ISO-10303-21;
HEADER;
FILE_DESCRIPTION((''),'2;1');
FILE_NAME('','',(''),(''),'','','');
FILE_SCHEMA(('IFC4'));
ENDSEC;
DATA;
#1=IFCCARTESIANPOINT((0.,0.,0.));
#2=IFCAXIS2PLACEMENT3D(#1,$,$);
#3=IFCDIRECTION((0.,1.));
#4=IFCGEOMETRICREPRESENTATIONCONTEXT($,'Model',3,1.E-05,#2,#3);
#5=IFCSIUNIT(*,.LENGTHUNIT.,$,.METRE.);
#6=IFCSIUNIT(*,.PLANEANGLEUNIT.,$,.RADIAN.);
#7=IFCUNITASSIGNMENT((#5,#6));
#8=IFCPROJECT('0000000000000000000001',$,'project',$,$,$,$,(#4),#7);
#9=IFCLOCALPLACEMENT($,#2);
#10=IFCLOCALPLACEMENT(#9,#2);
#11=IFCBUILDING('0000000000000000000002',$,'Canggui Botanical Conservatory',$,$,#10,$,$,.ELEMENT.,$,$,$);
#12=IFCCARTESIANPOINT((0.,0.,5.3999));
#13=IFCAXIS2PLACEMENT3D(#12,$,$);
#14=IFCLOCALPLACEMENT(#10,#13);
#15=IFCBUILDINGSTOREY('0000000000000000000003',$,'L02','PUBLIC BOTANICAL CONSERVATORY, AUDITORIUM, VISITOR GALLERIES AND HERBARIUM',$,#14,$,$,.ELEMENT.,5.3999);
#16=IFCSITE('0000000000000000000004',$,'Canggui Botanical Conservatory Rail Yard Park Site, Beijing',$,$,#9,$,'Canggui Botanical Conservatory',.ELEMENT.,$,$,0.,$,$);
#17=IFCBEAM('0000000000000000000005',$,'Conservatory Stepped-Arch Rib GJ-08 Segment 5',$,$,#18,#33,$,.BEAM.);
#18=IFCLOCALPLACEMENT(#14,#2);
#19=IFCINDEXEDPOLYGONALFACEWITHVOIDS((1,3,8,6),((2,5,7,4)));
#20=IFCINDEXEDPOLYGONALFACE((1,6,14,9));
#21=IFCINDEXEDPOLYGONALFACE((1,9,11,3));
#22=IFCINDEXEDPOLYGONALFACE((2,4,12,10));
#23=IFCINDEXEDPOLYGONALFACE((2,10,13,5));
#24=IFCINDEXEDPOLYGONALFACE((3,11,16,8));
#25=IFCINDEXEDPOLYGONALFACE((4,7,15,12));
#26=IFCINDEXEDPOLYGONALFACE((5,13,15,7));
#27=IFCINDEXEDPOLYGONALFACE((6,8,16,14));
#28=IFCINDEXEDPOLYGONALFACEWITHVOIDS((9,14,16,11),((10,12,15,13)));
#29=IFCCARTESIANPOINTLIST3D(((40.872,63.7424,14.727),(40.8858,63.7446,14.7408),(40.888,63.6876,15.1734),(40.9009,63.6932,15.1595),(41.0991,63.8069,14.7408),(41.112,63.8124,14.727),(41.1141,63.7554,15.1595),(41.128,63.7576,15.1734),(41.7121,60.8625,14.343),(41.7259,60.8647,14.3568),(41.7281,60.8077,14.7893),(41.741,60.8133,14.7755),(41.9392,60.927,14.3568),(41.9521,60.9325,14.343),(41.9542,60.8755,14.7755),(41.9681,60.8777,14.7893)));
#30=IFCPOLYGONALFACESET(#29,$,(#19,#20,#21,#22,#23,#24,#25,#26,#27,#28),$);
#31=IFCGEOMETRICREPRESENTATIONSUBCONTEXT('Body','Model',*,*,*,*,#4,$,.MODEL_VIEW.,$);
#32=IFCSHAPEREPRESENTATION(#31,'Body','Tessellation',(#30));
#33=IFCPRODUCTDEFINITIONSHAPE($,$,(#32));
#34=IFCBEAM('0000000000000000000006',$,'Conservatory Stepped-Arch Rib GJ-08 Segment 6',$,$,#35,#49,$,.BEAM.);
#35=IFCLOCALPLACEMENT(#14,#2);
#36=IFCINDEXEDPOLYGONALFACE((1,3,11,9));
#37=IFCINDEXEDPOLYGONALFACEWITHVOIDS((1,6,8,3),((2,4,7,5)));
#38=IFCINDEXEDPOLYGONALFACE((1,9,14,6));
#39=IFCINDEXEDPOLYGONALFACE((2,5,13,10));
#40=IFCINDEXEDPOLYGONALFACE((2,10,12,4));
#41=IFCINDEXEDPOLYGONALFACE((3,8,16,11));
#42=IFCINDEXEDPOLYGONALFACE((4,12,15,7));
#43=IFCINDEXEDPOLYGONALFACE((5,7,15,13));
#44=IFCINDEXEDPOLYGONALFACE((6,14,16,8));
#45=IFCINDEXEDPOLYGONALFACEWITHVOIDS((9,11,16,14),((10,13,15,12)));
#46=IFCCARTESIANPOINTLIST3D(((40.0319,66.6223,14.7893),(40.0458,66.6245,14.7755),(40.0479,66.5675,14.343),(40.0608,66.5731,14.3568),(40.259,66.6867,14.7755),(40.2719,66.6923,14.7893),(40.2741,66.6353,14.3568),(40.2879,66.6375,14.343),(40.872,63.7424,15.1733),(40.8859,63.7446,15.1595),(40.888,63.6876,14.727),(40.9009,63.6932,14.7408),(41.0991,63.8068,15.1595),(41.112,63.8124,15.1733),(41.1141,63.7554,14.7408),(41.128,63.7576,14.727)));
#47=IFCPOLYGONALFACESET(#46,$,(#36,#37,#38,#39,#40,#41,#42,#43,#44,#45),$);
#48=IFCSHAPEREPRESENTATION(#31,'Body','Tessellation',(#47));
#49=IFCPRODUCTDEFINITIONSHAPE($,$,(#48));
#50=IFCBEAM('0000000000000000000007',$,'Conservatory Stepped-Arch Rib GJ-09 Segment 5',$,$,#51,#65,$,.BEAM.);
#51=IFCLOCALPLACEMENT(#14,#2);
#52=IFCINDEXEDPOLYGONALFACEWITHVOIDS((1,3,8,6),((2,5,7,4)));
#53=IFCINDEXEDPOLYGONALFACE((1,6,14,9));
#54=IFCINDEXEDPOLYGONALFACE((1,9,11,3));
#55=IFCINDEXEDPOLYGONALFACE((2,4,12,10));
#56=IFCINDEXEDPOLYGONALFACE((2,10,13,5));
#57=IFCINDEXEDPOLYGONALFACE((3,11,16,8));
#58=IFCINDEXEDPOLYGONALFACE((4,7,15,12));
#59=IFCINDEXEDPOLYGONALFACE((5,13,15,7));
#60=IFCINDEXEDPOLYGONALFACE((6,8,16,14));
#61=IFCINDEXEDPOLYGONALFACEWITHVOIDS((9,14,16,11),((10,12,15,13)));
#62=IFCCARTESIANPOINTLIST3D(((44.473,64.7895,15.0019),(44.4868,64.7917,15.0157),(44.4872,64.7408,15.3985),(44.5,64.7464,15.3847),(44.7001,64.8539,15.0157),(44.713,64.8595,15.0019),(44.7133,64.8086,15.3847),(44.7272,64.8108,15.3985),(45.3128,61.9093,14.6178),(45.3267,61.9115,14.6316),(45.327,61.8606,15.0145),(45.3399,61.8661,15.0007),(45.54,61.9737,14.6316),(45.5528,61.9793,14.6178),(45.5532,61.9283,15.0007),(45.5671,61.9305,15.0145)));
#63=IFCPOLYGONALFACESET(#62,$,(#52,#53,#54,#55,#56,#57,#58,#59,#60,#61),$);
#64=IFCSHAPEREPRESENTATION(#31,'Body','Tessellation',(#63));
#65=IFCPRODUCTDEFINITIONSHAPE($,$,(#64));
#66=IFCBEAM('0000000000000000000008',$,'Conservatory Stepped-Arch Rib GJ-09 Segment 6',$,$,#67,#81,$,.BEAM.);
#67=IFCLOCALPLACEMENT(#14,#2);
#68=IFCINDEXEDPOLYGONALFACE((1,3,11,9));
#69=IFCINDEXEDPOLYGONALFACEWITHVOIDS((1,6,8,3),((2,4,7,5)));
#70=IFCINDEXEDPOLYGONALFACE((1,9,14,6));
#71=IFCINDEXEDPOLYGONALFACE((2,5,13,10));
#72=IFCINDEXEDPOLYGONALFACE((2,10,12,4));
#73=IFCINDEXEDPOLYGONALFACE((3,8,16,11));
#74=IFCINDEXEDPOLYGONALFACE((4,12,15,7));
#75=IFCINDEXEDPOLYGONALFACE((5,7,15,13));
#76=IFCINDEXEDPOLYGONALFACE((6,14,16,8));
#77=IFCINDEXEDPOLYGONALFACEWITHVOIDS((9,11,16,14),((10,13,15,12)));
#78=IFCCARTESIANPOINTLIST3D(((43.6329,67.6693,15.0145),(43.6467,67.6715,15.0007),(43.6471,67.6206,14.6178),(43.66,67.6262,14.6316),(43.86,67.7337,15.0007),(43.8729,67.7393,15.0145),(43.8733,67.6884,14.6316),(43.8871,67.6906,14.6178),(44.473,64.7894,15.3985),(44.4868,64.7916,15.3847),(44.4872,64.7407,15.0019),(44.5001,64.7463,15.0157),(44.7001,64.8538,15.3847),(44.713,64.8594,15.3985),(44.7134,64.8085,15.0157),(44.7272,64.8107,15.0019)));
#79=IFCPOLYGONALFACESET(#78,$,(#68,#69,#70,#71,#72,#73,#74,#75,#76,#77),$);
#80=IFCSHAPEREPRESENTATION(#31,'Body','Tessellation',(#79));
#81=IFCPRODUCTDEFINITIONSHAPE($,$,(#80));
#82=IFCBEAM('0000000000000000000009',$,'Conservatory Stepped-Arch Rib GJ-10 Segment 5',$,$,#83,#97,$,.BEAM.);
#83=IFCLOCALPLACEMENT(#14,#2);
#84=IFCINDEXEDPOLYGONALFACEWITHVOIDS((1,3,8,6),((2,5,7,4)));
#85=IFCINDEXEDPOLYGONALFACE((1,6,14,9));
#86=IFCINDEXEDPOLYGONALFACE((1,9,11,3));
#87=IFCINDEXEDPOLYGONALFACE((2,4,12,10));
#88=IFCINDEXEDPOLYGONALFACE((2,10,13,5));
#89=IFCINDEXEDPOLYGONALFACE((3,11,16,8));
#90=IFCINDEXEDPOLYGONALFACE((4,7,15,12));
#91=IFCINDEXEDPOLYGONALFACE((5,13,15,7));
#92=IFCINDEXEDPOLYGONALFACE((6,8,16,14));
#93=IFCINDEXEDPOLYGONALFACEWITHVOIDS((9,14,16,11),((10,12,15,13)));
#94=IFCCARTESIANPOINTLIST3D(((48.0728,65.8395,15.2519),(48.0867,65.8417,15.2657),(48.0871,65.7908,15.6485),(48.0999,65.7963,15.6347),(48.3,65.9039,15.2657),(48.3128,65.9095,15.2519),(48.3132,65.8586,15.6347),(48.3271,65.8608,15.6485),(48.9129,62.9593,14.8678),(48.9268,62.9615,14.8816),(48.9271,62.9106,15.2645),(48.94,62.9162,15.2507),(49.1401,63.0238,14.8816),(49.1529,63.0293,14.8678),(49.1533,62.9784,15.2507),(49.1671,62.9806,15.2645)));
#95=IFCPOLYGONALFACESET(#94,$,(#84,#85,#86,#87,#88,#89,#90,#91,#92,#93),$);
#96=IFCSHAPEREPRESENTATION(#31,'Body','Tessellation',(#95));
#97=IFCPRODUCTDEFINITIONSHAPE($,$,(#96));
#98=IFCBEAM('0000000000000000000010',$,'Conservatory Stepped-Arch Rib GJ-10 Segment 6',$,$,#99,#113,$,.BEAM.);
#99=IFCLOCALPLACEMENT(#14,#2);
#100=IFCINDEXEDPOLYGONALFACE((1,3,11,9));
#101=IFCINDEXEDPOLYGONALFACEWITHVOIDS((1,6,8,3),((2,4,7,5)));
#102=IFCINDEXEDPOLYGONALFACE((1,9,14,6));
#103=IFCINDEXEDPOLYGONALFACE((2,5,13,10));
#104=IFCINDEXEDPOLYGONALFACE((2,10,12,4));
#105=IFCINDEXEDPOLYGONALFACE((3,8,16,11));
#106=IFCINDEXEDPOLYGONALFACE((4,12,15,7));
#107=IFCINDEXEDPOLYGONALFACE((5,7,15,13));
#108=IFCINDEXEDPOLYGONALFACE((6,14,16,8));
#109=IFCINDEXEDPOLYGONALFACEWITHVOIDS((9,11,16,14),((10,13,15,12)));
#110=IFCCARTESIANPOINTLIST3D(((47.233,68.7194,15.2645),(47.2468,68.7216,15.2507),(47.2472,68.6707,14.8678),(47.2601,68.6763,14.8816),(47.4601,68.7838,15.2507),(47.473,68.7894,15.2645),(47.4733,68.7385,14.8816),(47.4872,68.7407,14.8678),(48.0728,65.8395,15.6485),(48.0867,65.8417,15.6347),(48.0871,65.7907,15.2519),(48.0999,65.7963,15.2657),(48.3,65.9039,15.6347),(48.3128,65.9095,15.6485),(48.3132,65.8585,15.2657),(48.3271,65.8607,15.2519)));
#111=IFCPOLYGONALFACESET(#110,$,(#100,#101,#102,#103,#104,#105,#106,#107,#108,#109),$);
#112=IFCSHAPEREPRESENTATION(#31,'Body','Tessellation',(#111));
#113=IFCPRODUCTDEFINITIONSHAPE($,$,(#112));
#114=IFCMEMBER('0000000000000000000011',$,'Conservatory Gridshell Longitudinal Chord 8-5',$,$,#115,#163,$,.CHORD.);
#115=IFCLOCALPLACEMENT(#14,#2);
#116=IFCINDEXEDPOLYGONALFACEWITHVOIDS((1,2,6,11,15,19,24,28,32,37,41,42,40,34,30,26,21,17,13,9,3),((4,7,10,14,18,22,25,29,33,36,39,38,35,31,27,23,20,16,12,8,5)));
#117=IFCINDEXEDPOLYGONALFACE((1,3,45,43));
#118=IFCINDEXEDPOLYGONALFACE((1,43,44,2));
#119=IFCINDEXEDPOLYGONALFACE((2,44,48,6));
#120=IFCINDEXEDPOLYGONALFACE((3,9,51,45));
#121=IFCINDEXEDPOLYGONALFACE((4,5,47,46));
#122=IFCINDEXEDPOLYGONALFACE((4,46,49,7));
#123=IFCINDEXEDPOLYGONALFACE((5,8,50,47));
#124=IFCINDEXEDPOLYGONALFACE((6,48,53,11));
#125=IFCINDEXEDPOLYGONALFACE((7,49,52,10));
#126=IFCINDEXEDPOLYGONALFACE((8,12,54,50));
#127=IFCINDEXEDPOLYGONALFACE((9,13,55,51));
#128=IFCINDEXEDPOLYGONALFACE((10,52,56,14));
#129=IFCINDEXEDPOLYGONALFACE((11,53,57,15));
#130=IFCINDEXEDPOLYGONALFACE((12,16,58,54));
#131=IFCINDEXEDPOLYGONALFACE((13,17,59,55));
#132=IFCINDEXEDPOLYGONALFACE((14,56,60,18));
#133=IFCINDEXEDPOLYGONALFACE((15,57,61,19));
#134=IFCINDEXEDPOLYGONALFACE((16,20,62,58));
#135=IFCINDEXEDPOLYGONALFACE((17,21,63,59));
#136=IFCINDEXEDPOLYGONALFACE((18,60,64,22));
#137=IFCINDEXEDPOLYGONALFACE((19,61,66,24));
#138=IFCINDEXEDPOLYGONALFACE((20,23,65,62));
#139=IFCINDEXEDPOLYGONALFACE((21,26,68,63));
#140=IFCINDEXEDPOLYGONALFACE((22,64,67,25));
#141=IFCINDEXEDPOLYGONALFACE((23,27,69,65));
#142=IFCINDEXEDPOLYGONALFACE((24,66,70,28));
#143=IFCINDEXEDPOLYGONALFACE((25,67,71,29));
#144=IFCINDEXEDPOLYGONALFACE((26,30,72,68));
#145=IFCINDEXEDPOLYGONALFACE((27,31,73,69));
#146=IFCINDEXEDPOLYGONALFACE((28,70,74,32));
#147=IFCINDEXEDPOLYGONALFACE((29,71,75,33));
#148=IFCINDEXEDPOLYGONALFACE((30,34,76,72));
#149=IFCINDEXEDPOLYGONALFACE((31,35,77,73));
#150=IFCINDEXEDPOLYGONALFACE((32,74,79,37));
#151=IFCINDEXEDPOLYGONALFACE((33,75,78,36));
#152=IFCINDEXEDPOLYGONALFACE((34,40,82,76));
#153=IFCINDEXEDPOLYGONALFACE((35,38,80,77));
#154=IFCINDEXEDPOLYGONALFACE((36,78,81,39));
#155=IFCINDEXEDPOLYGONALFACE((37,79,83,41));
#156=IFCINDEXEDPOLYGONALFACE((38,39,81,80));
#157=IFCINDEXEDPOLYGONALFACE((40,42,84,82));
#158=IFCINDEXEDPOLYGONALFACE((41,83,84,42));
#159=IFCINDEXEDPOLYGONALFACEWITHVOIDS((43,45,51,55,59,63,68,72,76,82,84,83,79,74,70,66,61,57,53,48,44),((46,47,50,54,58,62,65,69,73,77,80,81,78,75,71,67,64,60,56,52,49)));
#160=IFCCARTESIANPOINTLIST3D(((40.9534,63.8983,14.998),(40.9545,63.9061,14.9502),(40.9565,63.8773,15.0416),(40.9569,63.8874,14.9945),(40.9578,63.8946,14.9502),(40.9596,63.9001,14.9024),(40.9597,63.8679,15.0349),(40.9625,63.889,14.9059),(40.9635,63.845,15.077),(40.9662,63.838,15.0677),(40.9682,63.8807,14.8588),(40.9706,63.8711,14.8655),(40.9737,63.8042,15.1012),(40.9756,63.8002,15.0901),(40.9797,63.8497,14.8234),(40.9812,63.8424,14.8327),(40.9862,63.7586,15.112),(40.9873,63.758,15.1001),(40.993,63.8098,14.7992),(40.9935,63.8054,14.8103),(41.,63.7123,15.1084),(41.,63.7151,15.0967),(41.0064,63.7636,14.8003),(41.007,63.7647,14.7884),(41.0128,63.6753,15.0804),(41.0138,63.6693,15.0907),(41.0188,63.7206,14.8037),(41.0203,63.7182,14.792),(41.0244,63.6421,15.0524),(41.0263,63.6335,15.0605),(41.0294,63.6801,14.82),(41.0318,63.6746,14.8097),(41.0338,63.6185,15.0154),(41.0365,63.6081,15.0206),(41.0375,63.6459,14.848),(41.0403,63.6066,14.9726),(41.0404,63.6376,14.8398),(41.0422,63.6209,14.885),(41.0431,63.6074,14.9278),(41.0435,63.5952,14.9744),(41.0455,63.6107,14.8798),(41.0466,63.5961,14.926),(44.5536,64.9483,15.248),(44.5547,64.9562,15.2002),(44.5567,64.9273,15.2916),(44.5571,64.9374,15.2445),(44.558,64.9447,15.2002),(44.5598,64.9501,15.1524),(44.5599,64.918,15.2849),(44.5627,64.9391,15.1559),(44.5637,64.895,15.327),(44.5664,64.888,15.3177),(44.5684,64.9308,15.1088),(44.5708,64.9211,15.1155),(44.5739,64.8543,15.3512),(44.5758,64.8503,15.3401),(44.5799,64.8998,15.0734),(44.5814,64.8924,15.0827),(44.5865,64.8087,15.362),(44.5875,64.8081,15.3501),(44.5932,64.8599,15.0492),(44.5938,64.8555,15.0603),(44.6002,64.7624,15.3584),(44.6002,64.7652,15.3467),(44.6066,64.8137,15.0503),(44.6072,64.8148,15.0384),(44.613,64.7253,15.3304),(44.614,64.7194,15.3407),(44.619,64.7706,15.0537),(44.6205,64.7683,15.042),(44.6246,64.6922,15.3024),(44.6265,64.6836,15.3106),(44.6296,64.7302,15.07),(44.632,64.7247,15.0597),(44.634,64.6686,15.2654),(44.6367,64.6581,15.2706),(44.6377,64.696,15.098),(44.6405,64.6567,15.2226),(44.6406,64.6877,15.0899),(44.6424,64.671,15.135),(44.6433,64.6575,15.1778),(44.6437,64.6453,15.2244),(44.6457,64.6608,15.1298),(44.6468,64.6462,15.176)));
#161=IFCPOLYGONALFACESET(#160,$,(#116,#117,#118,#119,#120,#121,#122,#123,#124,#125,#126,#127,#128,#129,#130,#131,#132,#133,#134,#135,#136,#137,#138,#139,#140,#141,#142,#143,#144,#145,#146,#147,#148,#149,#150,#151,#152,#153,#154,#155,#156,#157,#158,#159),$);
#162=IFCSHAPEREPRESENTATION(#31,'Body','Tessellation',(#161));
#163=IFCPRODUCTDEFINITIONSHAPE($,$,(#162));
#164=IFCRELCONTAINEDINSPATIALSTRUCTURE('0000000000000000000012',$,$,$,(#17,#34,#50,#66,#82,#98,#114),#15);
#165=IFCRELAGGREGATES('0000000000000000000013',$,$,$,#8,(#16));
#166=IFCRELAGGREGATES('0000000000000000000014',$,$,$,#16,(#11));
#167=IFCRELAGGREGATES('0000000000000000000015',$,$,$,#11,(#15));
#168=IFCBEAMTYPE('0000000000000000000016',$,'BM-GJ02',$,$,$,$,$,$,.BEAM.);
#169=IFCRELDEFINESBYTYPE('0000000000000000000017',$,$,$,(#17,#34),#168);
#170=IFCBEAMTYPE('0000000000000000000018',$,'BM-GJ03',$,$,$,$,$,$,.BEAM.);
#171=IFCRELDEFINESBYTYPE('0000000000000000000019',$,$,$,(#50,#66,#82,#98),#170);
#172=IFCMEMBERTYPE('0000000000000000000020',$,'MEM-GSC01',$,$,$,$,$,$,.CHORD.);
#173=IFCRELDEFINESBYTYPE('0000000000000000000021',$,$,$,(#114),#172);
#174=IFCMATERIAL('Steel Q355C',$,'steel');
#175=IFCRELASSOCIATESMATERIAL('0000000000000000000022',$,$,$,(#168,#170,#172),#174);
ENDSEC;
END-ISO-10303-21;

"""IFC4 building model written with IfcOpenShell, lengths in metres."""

from ifc_helpers import new_model, si_unit, direction, frame, origin, origin_2d, place, context, subcontext, project, spatial, hollow_rectangle, hollow_circle, extrude, material, material_profile, profile_set, type_object, element, save


model = new_model("IFC4")

# Units and contexts
model_context = context("Model", 3, precision=1e-05, world=origin(), true_north=direction((0.0, 1.0)))
body_context = subcontext(model_context, "Body", "Model", "MODEL_VIEW")
ifc_project = project(units=[si_unit("LENGTHUNIT", "METRE"), si_unit("PLANEANGLEUNIT", "RADIAN")], contexts=[model_context])

# Site, building, storey
site_placement = place(None, origin())
site = spatial("IfcSite", under=ifc_project, at=site_placement, Name="Canggui Botanical Conservatory Rail Yard Park Site, Beijing", LongName="Canggui Botanical Conservatory", CompositionType="ELEMENT", RefElevation=0.0)
building_placement = place(site_placement, origin())
building = spatial("IfcBuilding", under=site, at=building_placement, Name="Canggui Botanical Conservatory", CompositionType="ELEMENT")
storey_placement = place(building_placement, frame((0.0, 0.0, 5.3999)))
storey = spatial("IfcBuildingStorey", under=building, at=storey_placement, Name="L02", Description="PUBLIC BOTANICAL CONSERVATORY, AUDITORIUM, VISITOR GALLERIES AND HERBARIUM", CompositionType="ELEMENT", Elevation=5.3999)

# Beams
ifc_material_1 = material(Name="Steel Q355C", Category="steel")
ifc_material_profile_1 = material_profile(ifc_material_1, hollow_rectangle(XDim=0.25, YDim=0.45, WallThickness=0.0139, at=origin_2d()), Name="RHS 250x450x14")
ifc_profile_set_1 = profile_set([ifc_material_profile_1], Name="Steel Q355C")
beam_type_1 = type_object("IfcBeamType", Name="BM-GJ02", PredefinedType="BEAM", material=ifc_profile_set_1)
for number, where, z_axis, x_axis, name in (
    (1, (41.8401, 60.8701, 14.5662), (-0.277771, 0.952218, 0.126979), (-0.959989, -0.280038, 0.0), "Conservatory Stepped-Arch Rib GJ-08 Segment 5"),
    (2, (41.0, 63.75, 14.9502), (-0.277771, 0.952218, -0.126979), (-0.959989, -0.280038, 0.0), "Conservatory Stepped-Arch Rib GJ-08 Segment 6"),
):
    element("IfcBeam", number, at=place(storey_placement, frame(where, z_axis=z_axis, x_axis=x_axis)), inside=storey, type_object=beam_type_1, Name=name, PredefinedType="BEAM", context=body_context, shape_type="SweptSolid", body=[
        extrude(hollow_rectangle(XDim=0.25, YDim=0.45, WallThickness=0.0139, at=origin_2d()), origin(), (0.0, 0.0, 1.0), 3.0244),
    ])
ifc_material_profile_2 = material_profile(ifc_material_1, hollow_rectangle(XDim=0.25, YDim=0.3999, WallThickness=0.0139, at=origin_2d()), Name="RHS 250x400x14")
ifc_profile_set_2 = profile_set([ifc_material_profile_2], Name="Steel Q355C")
beam_type_2 = type_object("IfcBeamType", Name="BM-GJ03", PredefinedType="BEAM", material=ifc_profile_set_2)
beam_1_placement = place(storey_placement, frame((45.4399, 61.9199, 14.8162), z_axis=(-0.277675, 0.952247, 0.126972), x_axis=(-0.960017, -0.279941, 0.0)))
element("IfcBeam", 3, at=beam_1_placement, inside=storey, type_object=beam_type_2, Name="Conservatory Stepped-Arch Rib GJ-09 Segment 5", PredefinedType="BEAM", context=body_context, shape_type="SweptSolid", body=[
    extrude(hollow_rectangle(XDim=0.25, YDim=0.3999, WallThickness=0.0139, at=origin_2d()), origin(), (0.0, 0.0, 1.0), 3.0247),
])
beam_2_placement = place(storey_placement, frame((44.6001, 64.8, 15.2002), z_axis=(-0.277771, 0.952218, -0.126979), x_axis=(-0.959989, -0.280038, 0.0)))
element("IfcBeam", 4, at=beam_2_placement, inside=storey, type_object=beam_type_2, Name="Conservatory Stepped-Arch Rib GJ-09 Segment 6", PredefinedType="BEAM", context=body_context, shape_type="SweptSolid", body=[
    extrude(hollow_rectangle(XDim=0.25, YDim=0.3999, WallThickness=0.0139, at=origin_2d()), origin(), (0.0, 0.0, 1.0), 3.0244),
])
beam_3_placement = place(storey_placement, frame((49.04, 62.97, 15.0662), z_axis=(-0.277749, 0.952226, 0.126969), x_axis=(-0.959995, -0.280016, 0.0)))
element("IfcBeam", 5, at=beam_3_placement, inside=storey, type_object=beam_type_2, Name="Conservatory Stepped-Arch Rib GJ-10 Segment 5", PredefinedType="BEAM", context=body_context, shape_type="SweptSolid", body=[
    extrude(hollow_rectangle(XDim=0.25, YDim=0.3999, WallThickness=0.0139, at=origin_2d()), origin(), (0.0, 0.0, 1.0), 3.0247),
])
beam_4_placement = place(storey_placement, frame((48.2, 65.8501, 15.4502), z_axis=(-0.277696, 0.95224, -0.126981), x_axis=(-0.960011, -0.279962, 0.0)))
element("IfcBeam", 6, at=beam_4_placement, inside=storey, type_object=beam_type_2, Name="Conservatory Stepped-Arch Rib GJ-10 Segment 6", PredefinedType="BEAM", context=body_context, shape_type="SweptSolid", body=[
    extrude(hollow_rectangle(XDim=0.25, YDim=0.3999, WallThickness=0.0139, at=origin_2d()), origin(), (0.0, 0.0, 1.0), 3.0244),
])

# Member
ifc_material_profile_3 = material_profile(ifc_material_1, hollow_circle(Radius=0.1626, WallThickness=0.012, at=origin_2d()), Name="CHS 325x12")
ifc_profile_set_3 = profile_set([ifc_material_profile_3], Name="Steel Q355C")
member_type_1 = type_object("IfcMemberType", Name="MEM-GSC01", PredefinedType="CHORD", material=ifc_profile_set_3)
member_1_placement = place(storey_placement, frame((41.0, 63.75, 14.9502), z_axis=(0.957872, 0.279385, 0.066517), x_axis=(-0.280005, 0.959999, 0.0)))
element("IfcMember", 7, at=member_1_placement, inside=storey, type_object=member_type_1, Name="Conservatory Gridshell Longitudinal Chord 8-5", PredefinedType="CHORD", context=body_context, shape_type="SweptSolid", body=[
    extrude(hollow_circle(Radius=0.1626, WallThickness=0.012, at=origin_2d()), origin(), (0.0, 0.0, 1.0), 3.7585),
])

save(model, "model.ifc")
